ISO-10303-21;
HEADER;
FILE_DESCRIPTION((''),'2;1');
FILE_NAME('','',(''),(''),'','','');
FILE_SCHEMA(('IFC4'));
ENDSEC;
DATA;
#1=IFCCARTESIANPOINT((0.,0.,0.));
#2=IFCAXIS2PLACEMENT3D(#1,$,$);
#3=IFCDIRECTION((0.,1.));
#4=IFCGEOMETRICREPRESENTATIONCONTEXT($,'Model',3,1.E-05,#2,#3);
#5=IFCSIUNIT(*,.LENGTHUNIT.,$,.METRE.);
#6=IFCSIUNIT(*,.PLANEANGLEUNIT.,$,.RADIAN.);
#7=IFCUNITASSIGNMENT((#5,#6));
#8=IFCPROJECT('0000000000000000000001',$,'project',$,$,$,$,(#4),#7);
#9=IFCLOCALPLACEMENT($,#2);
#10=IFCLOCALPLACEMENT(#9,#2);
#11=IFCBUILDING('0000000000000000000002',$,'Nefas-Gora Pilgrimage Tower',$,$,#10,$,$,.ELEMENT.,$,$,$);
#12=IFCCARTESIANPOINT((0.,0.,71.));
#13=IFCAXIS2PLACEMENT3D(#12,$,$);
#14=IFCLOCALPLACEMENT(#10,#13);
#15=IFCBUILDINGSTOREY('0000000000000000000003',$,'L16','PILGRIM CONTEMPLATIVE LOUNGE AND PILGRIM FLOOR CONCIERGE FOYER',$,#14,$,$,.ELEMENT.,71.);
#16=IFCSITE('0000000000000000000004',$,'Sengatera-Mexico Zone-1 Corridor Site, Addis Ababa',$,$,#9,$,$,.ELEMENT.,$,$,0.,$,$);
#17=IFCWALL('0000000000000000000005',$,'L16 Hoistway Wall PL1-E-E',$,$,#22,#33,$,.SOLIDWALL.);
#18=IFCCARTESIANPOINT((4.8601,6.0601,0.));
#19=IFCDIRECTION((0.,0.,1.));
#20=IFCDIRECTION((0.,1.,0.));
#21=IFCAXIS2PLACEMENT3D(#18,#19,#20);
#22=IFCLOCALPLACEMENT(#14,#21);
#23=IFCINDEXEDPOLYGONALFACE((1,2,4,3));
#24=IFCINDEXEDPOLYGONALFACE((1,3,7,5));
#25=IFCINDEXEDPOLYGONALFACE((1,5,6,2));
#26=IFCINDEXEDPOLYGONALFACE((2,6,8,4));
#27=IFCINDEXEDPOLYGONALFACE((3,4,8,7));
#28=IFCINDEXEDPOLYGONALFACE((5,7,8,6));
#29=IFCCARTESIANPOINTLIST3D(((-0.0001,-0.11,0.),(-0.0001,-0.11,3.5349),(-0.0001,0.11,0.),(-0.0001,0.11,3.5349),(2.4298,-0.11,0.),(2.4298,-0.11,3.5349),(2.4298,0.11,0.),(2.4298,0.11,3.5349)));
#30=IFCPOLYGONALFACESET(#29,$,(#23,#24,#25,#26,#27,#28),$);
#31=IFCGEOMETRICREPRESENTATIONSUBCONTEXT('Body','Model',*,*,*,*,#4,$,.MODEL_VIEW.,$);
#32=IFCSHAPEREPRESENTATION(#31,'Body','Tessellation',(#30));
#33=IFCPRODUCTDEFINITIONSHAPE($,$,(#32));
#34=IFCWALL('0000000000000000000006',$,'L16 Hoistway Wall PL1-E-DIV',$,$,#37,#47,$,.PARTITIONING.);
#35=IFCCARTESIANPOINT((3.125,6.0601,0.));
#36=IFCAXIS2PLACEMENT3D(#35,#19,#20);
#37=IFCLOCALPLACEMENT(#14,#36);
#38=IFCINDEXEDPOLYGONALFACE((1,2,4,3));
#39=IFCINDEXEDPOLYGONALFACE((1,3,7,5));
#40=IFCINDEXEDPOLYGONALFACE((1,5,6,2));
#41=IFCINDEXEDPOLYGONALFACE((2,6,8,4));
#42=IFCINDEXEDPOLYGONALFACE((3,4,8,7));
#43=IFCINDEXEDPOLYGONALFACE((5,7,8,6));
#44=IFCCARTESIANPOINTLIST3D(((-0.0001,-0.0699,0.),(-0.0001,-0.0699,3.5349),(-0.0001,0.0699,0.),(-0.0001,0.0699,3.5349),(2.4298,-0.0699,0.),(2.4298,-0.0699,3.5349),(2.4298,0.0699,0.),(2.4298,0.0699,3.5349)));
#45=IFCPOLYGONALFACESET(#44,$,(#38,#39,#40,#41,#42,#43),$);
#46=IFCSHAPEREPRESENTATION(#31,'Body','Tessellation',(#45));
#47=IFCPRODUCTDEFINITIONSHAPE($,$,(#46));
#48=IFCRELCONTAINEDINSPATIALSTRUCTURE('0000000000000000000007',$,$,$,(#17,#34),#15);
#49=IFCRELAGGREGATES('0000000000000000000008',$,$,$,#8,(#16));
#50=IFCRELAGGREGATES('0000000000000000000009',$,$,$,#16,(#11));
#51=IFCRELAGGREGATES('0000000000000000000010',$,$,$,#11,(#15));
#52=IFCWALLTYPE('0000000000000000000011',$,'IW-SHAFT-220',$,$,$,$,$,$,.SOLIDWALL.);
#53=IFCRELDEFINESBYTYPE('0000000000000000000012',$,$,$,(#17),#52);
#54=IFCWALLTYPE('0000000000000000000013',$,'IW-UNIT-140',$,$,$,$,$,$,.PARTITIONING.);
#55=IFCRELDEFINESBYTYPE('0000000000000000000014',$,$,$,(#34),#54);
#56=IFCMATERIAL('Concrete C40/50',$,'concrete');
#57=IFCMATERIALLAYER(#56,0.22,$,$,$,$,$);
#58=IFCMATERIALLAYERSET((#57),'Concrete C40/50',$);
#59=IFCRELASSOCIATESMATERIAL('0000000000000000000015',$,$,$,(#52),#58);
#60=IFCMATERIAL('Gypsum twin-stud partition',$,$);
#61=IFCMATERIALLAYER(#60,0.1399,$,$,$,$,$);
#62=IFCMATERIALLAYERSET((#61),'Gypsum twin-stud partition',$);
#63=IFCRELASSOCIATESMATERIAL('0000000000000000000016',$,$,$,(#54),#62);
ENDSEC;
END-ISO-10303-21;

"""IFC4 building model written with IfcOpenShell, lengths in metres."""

from ifc_helpers import new_model, si_unit, direction, frame, frame_2d, origin, place, context, subcontext, project, spatial, rectangle, extrude, source, transform, mapped, material, layer, layer_set, type_object, element, save


model = new_model("IFC4")

# Units and contexts
model_context = context("Model", 3, precision=1e-05, world=origin(), true_north=direction((0.0, 1.0)))
body_context = subcontext(model_context, "Body", "Model", "MODEL_VIEW")
ifc_project = project(units=[si_unit("LENGTHUNIT", "METRE"), si_unit("PLANEANGLEUNIT", "RADIAN")], contexts=[model_context])

# Site, building, storey
site_placement = place(None, origin())
site = spatial("IfcSite", under=ifc_project, at=site_placement, Name="Sengatera-Mexico Zone-1 Corridor Site, Addis Ababa", CompositionType="ELEMENT", RefElevation=0.0)
building_placement = place(site_placement, origin())
building = spatial("IfcBuilding", under=site, at=building_placement, Name="Nefas-Gora Pilgrimage Tower", CompositionType="ELEMENT")
storey_placement = place(building_placement, frame((0.0, 0.0, 71.0)))
storey = spatial("IfcBuildingStorey", under=building, at=storey_placement, Name="L16", Description="PILGRIM CONTEMPLATIVE LOUNGE AND PILGRIM FLOOR CONCIERGE FOYER", CompositionType="ELEMENT", Elevation=71.0)

# Shared definitions
ifc_material_1 = material(Name="Concrete C40/50", Category="concrete")
ifc_layer_1 = layer(ifc_material_1, 0.22)
ifc_layer_set_1 = layer_set([ifc_layer_1], Name="Concrete C40/50")
wall_type_1 = type_object("IfcWallType", Name="IW-SHAFT-220", PredefinedType="SOLIDWALL", material=ifc_layer_set_1)

# Walls
shared_shape_1 = source(origin(), body_context, "Body", "SweptSolid", [
    extrude(rectangle(XDim=2.4299, YDim=0.22, at=frame_2d((1.2148, 0.0))), origin(), (0.0, 0.0, 1.0), 3.5349),
])
for number, where, z_axis, x_axis, name in (
    (1, (4.8601, 6.0601, 0.0), (0.0, 0.0, 1.0), (0.0, 1.0, 0.0), "L16 Hoistway Wall PL1-E-E"),
):
    element("IfcWall", number, at=place(storey_placement, frame(where, z_axis=z_axis, x_axis=x_axis)), inside=storey, type_object=wall_type_1, Name=name, PredefinedType="SOLIDWALL", context=body_context, shape_type="MappedRepresentation", body=[
        mapped(shared_shape_1, transform((0.0, 0.0, 0.0), x_axis=(1.0, 0.0, 0.0), y_axis=(0.0, 1.0, 0.0), z_axis=(0.0, 0.0, 1.0), scale=1.0)),
    ])
ifc_material_2 = material(Name="Gypsum twin-stud partition")
ifc_layer_2 = layer(ifc_material_2, 0.1399)
ifc_layer_set_2 = layer_set([ifc_layer_2], Name="Gypsum twin-stud partition")
wall_type_2 = type_object("IfcWallType", Name="IW-UNIT-140", PredefinedType="PARTITIONING", material=ifc_layer_set_2)
shared_shape_2 = source(origin(), body_context, "Body", "SweptSolid", [
    extrude(rectangle(XDim=2.4299, YDim=0.1399, at=frame_2d((1.2148, 0.0))), origin(), (0.0, 0.0, 1.0), 3.5349),
])
wall_1_placement = place(storey_placement, frame((3.125, 6.0601, 0.0), z_axis=(0.0, 0.0, 1.0), x_axis=(0.0, 1.0, 0.0)))
element("IfcWall", 2, at=wall_1_placement, inside=storey, type_object=wall_type_2, Name="L16 Hoistway Wall PL1-E-DIV", PredefinedType="PARTITIONING", context=body_context, shape_type="MappedRepresentation", body=[
    mapped(shared_shape_2, transform((0.0, 0.0, 0.0), x_axis=(1.0, 0.0, 0.0), y_axis=(0.0, 1.0, 0.0), z_axis=(0.0, 0.0, 1.0), scale=1.0)),
])

save(model, "model.ifc")
